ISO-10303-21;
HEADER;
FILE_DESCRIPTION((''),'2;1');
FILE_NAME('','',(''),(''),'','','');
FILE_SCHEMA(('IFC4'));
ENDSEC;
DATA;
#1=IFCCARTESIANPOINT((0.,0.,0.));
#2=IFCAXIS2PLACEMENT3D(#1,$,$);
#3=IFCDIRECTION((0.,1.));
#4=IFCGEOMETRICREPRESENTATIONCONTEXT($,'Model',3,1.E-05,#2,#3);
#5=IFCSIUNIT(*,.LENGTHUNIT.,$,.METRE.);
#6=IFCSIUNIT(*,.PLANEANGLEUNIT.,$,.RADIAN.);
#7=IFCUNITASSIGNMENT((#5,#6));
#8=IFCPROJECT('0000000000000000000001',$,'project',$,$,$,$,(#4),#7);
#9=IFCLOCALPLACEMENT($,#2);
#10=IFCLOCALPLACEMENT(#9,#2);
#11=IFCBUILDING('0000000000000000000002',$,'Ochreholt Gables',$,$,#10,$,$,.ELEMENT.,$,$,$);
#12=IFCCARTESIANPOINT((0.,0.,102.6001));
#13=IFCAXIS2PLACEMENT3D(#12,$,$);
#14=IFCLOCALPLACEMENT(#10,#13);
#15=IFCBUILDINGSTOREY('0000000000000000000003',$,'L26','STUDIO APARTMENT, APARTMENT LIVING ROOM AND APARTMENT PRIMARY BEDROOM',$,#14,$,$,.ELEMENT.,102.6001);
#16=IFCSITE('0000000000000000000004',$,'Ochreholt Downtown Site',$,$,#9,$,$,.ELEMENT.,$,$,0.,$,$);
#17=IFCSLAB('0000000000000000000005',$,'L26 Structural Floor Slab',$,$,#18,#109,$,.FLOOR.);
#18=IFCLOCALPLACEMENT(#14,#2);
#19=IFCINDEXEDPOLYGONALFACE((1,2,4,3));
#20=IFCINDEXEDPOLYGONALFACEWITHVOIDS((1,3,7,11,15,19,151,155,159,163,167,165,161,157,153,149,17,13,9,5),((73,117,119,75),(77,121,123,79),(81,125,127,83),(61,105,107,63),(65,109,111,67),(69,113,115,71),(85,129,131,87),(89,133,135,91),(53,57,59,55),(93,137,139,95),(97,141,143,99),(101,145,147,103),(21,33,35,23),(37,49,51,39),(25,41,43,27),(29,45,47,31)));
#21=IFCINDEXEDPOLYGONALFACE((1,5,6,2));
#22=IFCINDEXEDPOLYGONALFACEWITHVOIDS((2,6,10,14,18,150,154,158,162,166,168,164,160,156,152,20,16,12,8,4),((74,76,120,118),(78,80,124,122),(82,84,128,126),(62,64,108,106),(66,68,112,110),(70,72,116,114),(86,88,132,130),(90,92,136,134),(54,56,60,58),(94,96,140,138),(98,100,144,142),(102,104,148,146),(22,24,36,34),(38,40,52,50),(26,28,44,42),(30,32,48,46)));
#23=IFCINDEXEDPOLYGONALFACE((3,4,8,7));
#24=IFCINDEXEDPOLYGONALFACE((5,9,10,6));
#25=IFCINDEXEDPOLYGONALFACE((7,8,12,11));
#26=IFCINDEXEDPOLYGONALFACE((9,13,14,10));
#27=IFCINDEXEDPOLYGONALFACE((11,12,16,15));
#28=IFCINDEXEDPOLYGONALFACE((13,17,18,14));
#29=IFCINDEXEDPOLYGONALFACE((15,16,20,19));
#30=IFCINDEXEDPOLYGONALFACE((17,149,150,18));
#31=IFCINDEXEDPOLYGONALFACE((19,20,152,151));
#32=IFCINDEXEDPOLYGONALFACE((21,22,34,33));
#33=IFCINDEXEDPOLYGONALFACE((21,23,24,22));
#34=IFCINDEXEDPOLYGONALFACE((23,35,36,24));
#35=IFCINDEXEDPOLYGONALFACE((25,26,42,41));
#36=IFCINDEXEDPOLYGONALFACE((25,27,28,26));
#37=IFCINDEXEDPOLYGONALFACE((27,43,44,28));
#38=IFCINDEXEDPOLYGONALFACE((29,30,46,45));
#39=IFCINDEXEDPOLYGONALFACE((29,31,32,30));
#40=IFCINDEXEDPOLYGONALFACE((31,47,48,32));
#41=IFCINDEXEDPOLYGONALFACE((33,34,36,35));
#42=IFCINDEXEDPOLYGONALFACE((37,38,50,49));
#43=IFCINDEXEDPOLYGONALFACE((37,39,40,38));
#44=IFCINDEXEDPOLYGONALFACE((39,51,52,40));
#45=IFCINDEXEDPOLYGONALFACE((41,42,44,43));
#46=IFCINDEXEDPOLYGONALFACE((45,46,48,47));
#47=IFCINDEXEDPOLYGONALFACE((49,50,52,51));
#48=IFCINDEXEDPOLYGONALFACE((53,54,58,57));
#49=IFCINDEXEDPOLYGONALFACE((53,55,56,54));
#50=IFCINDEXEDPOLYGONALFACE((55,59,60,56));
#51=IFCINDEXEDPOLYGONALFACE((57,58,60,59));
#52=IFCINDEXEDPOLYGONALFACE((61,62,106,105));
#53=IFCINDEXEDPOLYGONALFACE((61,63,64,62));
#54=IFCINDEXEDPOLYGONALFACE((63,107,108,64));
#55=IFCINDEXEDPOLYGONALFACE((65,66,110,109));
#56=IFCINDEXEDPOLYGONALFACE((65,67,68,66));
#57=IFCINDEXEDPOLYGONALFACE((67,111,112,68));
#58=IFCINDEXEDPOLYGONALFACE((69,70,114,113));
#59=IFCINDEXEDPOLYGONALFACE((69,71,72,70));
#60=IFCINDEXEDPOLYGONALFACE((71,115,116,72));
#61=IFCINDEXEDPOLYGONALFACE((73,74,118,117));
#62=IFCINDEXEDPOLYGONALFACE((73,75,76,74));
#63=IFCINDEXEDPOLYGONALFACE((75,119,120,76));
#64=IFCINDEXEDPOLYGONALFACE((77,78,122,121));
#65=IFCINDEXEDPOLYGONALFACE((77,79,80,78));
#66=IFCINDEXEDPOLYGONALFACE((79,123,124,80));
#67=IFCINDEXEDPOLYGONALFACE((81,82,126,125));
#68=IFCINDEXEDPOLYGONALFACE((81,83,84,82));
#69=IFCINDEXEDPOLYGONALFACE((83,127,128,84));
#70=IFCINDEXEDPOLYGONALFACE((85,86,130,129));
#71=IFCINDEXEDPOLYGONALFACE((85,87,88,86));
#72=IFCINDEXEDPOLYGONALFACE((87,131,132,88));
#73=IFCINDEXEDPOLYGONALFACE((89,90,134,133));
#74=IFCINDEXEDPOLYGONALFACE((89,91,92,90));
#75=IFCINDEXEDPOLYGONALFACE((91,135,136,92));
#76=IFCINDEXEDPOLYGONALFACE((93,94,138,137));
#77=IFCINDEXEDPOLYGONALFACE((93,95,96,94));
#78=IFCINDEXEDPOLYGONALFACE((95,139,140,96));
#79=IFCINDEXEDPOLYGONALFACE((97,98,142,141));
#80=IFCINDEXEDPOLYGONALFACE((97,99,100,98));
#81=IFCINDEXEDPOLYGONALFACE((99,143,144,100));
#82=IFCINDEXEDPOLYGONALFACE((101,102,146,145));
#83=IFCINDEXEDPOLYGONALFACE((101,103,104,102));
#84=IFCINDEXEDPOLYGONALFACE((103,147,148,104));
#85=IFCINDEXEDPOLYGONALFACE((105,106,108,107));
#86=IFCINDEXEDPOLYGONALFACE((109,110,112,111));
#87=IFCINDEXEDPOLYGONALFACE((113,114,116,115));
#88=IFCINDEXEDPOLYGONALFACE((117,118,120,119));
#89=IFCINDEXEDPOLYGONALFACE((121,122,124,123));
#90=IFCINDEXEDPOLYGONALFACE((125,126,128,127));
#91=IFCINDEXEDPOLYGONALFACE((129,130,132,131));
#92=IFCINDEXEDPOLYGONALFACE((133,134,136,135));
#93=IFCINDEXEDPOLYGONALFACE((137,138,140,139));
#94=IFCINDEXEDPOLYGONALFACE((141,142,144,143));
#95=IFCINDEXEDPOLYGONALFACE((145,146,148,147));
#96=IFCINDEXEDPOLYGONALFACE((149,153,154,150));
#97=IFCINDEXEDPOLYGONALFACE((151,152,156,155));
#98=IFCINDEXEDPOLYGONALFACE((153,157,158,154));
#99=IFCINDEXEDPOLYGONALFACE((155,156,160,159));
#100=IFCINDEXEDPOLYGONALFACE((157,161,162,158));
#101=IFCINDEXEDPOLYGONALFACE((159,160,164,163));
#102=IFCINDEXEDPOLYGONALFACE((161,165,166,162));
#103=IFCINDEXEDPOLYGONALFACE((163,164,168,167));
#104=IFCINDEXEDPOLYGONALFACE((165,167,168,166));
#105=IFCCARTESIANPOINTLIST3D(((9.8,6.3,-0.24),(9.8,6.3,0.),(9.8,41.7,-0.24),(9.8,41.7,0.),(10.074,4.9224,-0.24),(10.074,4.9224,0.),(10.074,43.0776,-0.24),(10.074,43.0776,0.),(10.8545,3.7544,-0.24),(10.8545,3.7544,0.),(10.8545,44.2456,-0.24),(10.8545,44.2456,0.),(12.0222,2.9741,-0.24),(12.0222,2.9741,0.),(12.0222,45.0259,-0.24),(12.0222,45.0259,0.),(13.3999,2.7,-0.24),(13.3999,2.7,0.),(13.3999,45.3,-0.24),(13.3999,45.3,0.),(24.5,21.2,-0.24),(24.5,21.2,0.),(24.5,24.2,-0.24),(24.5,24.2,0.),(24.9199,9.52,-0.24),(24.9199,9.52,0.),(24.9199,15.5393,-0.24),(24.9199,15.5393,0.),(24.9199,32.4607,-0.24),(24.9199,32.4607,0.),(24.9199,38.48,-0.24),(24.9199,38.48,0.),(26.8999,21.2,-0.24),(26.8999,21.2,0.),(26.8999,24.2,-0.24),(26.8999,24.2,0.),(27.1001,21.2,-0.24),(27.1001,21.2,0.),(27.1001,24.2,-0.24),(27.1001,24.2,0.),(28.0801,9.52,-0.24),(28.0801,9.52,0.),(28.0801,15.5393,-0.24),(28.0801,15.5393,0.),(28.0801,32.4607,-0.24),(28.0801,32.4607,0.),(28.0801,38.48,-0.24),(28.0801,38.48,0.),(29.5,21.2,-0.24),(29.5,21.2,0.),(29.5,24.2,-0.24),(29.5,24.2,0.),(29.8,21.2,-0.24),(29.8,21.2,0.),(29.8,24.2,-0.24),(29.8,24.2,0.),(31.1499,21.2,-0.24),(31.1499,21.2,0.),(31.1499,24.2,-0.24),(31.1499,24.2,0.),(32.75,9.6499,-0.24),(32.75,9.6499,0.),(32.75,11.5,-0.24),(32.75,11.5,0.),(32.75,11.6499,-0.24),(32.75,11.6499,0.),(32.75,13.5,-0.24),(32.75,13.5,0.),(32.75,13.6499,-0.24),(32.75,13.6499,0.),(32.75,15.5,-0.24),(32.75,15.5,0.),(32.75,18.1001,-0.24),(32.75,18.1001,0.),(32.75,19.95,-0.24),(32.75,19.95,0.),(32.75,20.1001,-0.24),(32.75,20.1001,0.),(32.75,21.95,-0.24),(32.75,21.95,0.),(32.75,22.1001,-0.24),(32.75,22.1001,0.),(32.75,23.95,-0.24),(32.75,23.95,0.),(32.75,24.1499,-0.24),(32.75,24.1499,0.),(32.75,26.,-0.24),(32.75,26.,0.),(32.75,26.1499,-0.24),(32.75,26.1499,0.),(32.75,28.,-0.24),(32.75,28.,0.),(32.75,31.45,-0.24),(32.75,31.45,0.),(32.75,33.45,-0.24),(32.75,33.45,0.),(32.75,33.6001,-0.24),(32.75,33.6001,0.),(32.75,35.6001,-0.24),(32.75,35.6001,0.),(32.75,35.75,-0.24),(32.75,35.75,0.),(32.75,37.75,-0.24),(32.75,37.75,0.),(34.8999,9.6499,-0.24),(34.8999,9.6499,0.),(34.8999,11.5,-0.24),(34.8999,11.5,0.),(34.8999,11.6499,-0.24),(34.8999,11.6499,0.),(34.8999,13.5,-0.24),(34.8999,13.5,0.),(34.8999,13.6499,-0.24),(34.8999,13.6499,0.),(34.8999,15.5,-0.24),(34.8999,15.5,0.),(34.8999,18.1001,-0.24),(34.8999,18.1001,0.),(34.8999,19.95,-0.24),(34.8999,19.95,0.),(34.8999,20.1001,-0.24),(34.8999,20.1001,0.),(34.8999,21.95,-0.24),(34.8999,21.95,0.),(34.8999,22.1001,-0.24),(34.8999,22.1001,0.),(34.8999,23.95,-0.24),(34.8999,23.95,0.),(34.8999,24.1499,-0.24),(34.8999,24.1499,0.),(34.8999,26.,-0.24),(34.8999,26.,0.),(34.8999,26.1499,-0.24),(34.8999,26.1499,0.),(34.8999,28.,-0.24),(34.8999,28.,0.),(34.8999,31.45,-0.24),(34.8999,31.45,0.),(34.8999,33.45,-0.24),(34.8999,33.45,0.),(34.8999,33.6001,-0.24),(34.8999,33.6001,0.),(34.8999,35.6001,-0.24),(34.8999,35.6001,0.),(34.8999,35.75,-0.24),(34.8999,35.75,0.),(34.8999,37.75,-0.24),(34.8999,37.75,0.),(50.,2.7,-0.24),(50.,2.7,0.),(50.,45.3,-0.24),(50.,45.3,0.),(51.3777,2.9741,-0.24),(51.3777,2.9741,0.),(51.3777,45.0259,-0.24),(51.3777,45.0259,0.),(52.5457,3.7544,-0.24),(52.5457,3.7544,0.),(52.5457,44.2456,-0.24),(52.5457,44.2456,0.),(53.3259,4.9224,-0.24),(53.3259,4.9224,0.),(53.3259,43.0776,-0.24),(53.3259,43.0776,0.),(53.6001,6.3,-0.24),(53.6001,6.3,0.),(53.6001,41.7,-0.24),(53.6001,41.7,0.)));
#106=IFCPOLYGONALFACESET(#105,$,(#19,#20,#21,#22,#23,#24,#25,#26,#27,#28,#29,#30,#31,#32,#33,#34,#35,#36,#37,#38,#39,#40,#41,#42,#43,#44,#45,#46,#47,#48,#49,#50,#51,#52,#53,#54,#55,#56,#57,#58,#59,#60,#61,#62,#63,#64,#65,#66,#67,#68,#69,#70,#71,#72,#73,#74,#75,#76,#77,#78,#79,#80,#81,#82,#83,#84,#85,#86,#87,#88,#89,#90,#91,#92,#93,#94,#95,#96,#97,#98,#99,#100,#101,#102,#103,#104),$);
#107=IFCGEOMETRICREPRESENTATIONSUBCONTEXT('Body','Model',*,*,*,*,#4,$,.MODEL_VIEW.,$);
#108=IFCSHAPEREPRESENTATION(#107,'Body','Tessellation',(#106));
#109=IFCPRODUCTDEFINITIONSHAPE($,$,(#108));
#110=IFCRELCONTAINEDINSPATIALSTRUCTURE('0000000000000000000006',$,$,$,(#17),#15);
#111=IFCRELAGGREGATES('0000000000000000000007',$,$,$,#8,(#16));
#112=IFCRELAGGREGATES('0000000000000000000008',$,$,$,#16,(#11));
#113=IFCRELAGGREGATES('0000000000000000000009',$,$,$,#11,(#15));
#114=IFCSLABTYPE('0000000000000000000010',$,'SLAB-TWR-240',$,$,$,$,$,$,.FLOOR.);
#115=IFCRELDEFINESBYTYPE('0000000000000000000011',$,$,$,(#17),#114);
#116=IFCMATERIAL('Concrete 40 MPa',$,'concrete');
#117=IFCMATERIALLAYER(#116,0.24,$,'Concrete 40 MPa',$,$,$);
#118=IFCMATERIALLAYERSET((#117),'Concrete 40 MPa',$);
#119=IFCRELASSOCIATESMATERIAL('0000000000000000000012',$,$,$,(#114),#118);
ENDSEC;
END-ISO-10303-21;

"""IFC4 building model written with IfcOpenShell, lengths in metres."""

from ifc_helpers import new_model, si_unit, direction, frame, origin, place, context, subcontext, project, spatial, polyline, outline, extrude, material, layer, layer_set, type_object, element, save


model = new_model("IFC4")

# Units and contexts
model_context = context("Model", 3, precision=1e-05, world=origin(), true_north=direction((0.0, 1.0)))
body_context = subcontext(model_context, "Body", "Model", "MODEL_VIEW")
ifc_project = project(units=[si_unit("LENGTHUNIT", "METRE"), si_unit("PLANEANGLEUNIT", "RADIAN")], contexts=[model_context])

# Site, building, storey
site_placement = place(None, origin())
site = spatial("IfcSite", under=ifc_project, at=site_placement, Name="Ochreholt Downtown Site", CompositionType="ELEMENT", RefElevation=0.0)
building_placement = place(site_placement, origin())
building = spatial("IfcBuilding", under=site, at=building_placement, Name="Ochreholt Gables", CompositionType="ELEMENT")
storey_placement = place(building_placement, frame((0.0, 0.0, 102.6001)))
storey = spatial("IfcBuildingStorey", under=building, at=storey_placement, Name="L26", Description="STUDIO APARTMENT, APARTMENT LIVING ROOM AND APARTMENT PRIMARY BEDROOM", CompositionType="ELEMENT", Elevation=102.6001)

# Shared definitions
ifc_material_1 = material(Name="Concrete 40 MPa", Category="concrete")

# Slab
ifc_layer_1 = layer(ifc_material_1, 0.24, Name="Concrete 40 MPa")
ifc_layer_set_1 = layer_set([ifc_layer_1], Name="Concrete 40 MPa")
slab_type_1 = type_object("IfcSlabType", Name="SLAB-TWR-240", PredefinedType="FLOOR", material=ifc_layer_set_1)
slab_1_placement = place(storey_placement, frame((0.0, 0.0, -0.24)))
element("IfcSlab", 1, at=slab_1_placement, inside=storey, type_object=slab_type_1, Name="L26 Structural Floor Slab", PredefinedType="FLOOR", context=body_context, shape_type="SweptSolid", body=[
    extrude(outline(polyline([(9.8, 6.3), (10.074, 4.9224), (10.8545, 3.7544), (12.0222, 2.9741), (13.3999, 2.7), (50.0, 2.7), (51.3777, 2.9741), (52.5457, 3.7544), (53.3259, 4.9224), (53.6001, 6.3), (53.6001, 41.7), (53.3259, 43.0776), (52.5457, 44.2456), (51.3777, 45.0259), (50.0, 45.3), (13.3999, 45.3), (12.0222, 45.0259), (10.8545, 44.2456), (10.074, 43.0776), (9.8, 41.7), (9.8, 6.3)]), holes=[polyline([(24.9199, 15.5393), (24.9199, 9.52), (28.0801, 9.52), (28.0801, 15.5393), (24.9199, 15.5393)]), polyline([(28.0801, 32.4607), (28.0801, 38.48), (24.9199, 38.48), (24.9199, 32.4607), (28.0801, 32.4607)]), polyline([(24.5, 21.2), (26.8999, 21.2), (26.8999, 24.2), (24.5, 24.2), (24.5, 21.2)]), polyline([(27.1001, 21.2), (29.5, 21.2), (29.5, 24.2), (27.1001, 24.2), (27.1001, 21.2)]), polyline([(32.75, 9.6499), (34.8999, 9.6499), (34.8999, 11.5), (32.75, 11.5), (32.75, 9.6499)]), polyline([(32.75, 11.6499), (34.8999, 11.6499), (34.8999, 13.5), (32.75, 13.5), (32.75, 11.6499)]), polyline([(32.75, 13.6499), (34.8999, 13.6499), (34.8999, 15.5), (32.75, 15.5), (32.75, 13.6499)]), polyline([(32.75, 18.1001), (34.8999, 18.1001), (34.8999, 19.95), (32.75, 19.95), (32.75, 18.1001)]), polyline([(32.75, 20.1001), (34.8999, 20.1001), (34.8999, 21.95), (32.75, 21.95), (32.75, 20.1001)]), polyline([(32.75, 22.1001), (34.8999, 22.1001), (34.8999, 23.95), (32.75, 23.95), (32.75, 22.1001)]), polyline([(32.75, 24.1499), (34.8999, 24.1499), (34.8999, 26.0), (32.75, 26.0), (32.75, 24.1499)]), polyline([(32.75, 26.1499), (34.8999, 26.1499), (34.8999, 28.0), (32.75, 28.0), (32.75, 26.1499)]), polyline([(32.75, 31.45), (34.8999, 31.45), (34.8999, 33.45), (32.75, 33.45), (32.75, 31.45)]), polyline([(32.75, 33.6001), (34.8999, 33.6001), (34.8999, 35.6001), (32.75, 35.6001), (32.75, 33.6001)]), polyline([(32.75, 35.75), (34.8999, 35.75), (34.8999, 37.75), (32.75, 37.75), (32.75, 35.75)]), polyline([(29.8, 21.2), (31.1499, 21.2), (31.1499, 24.2), (29.8, 24.2), (29.8, 21.2)])]), origin(), (0.0, 0.0, 1.0), 0.24),
])

save(model, "model.ifc")
